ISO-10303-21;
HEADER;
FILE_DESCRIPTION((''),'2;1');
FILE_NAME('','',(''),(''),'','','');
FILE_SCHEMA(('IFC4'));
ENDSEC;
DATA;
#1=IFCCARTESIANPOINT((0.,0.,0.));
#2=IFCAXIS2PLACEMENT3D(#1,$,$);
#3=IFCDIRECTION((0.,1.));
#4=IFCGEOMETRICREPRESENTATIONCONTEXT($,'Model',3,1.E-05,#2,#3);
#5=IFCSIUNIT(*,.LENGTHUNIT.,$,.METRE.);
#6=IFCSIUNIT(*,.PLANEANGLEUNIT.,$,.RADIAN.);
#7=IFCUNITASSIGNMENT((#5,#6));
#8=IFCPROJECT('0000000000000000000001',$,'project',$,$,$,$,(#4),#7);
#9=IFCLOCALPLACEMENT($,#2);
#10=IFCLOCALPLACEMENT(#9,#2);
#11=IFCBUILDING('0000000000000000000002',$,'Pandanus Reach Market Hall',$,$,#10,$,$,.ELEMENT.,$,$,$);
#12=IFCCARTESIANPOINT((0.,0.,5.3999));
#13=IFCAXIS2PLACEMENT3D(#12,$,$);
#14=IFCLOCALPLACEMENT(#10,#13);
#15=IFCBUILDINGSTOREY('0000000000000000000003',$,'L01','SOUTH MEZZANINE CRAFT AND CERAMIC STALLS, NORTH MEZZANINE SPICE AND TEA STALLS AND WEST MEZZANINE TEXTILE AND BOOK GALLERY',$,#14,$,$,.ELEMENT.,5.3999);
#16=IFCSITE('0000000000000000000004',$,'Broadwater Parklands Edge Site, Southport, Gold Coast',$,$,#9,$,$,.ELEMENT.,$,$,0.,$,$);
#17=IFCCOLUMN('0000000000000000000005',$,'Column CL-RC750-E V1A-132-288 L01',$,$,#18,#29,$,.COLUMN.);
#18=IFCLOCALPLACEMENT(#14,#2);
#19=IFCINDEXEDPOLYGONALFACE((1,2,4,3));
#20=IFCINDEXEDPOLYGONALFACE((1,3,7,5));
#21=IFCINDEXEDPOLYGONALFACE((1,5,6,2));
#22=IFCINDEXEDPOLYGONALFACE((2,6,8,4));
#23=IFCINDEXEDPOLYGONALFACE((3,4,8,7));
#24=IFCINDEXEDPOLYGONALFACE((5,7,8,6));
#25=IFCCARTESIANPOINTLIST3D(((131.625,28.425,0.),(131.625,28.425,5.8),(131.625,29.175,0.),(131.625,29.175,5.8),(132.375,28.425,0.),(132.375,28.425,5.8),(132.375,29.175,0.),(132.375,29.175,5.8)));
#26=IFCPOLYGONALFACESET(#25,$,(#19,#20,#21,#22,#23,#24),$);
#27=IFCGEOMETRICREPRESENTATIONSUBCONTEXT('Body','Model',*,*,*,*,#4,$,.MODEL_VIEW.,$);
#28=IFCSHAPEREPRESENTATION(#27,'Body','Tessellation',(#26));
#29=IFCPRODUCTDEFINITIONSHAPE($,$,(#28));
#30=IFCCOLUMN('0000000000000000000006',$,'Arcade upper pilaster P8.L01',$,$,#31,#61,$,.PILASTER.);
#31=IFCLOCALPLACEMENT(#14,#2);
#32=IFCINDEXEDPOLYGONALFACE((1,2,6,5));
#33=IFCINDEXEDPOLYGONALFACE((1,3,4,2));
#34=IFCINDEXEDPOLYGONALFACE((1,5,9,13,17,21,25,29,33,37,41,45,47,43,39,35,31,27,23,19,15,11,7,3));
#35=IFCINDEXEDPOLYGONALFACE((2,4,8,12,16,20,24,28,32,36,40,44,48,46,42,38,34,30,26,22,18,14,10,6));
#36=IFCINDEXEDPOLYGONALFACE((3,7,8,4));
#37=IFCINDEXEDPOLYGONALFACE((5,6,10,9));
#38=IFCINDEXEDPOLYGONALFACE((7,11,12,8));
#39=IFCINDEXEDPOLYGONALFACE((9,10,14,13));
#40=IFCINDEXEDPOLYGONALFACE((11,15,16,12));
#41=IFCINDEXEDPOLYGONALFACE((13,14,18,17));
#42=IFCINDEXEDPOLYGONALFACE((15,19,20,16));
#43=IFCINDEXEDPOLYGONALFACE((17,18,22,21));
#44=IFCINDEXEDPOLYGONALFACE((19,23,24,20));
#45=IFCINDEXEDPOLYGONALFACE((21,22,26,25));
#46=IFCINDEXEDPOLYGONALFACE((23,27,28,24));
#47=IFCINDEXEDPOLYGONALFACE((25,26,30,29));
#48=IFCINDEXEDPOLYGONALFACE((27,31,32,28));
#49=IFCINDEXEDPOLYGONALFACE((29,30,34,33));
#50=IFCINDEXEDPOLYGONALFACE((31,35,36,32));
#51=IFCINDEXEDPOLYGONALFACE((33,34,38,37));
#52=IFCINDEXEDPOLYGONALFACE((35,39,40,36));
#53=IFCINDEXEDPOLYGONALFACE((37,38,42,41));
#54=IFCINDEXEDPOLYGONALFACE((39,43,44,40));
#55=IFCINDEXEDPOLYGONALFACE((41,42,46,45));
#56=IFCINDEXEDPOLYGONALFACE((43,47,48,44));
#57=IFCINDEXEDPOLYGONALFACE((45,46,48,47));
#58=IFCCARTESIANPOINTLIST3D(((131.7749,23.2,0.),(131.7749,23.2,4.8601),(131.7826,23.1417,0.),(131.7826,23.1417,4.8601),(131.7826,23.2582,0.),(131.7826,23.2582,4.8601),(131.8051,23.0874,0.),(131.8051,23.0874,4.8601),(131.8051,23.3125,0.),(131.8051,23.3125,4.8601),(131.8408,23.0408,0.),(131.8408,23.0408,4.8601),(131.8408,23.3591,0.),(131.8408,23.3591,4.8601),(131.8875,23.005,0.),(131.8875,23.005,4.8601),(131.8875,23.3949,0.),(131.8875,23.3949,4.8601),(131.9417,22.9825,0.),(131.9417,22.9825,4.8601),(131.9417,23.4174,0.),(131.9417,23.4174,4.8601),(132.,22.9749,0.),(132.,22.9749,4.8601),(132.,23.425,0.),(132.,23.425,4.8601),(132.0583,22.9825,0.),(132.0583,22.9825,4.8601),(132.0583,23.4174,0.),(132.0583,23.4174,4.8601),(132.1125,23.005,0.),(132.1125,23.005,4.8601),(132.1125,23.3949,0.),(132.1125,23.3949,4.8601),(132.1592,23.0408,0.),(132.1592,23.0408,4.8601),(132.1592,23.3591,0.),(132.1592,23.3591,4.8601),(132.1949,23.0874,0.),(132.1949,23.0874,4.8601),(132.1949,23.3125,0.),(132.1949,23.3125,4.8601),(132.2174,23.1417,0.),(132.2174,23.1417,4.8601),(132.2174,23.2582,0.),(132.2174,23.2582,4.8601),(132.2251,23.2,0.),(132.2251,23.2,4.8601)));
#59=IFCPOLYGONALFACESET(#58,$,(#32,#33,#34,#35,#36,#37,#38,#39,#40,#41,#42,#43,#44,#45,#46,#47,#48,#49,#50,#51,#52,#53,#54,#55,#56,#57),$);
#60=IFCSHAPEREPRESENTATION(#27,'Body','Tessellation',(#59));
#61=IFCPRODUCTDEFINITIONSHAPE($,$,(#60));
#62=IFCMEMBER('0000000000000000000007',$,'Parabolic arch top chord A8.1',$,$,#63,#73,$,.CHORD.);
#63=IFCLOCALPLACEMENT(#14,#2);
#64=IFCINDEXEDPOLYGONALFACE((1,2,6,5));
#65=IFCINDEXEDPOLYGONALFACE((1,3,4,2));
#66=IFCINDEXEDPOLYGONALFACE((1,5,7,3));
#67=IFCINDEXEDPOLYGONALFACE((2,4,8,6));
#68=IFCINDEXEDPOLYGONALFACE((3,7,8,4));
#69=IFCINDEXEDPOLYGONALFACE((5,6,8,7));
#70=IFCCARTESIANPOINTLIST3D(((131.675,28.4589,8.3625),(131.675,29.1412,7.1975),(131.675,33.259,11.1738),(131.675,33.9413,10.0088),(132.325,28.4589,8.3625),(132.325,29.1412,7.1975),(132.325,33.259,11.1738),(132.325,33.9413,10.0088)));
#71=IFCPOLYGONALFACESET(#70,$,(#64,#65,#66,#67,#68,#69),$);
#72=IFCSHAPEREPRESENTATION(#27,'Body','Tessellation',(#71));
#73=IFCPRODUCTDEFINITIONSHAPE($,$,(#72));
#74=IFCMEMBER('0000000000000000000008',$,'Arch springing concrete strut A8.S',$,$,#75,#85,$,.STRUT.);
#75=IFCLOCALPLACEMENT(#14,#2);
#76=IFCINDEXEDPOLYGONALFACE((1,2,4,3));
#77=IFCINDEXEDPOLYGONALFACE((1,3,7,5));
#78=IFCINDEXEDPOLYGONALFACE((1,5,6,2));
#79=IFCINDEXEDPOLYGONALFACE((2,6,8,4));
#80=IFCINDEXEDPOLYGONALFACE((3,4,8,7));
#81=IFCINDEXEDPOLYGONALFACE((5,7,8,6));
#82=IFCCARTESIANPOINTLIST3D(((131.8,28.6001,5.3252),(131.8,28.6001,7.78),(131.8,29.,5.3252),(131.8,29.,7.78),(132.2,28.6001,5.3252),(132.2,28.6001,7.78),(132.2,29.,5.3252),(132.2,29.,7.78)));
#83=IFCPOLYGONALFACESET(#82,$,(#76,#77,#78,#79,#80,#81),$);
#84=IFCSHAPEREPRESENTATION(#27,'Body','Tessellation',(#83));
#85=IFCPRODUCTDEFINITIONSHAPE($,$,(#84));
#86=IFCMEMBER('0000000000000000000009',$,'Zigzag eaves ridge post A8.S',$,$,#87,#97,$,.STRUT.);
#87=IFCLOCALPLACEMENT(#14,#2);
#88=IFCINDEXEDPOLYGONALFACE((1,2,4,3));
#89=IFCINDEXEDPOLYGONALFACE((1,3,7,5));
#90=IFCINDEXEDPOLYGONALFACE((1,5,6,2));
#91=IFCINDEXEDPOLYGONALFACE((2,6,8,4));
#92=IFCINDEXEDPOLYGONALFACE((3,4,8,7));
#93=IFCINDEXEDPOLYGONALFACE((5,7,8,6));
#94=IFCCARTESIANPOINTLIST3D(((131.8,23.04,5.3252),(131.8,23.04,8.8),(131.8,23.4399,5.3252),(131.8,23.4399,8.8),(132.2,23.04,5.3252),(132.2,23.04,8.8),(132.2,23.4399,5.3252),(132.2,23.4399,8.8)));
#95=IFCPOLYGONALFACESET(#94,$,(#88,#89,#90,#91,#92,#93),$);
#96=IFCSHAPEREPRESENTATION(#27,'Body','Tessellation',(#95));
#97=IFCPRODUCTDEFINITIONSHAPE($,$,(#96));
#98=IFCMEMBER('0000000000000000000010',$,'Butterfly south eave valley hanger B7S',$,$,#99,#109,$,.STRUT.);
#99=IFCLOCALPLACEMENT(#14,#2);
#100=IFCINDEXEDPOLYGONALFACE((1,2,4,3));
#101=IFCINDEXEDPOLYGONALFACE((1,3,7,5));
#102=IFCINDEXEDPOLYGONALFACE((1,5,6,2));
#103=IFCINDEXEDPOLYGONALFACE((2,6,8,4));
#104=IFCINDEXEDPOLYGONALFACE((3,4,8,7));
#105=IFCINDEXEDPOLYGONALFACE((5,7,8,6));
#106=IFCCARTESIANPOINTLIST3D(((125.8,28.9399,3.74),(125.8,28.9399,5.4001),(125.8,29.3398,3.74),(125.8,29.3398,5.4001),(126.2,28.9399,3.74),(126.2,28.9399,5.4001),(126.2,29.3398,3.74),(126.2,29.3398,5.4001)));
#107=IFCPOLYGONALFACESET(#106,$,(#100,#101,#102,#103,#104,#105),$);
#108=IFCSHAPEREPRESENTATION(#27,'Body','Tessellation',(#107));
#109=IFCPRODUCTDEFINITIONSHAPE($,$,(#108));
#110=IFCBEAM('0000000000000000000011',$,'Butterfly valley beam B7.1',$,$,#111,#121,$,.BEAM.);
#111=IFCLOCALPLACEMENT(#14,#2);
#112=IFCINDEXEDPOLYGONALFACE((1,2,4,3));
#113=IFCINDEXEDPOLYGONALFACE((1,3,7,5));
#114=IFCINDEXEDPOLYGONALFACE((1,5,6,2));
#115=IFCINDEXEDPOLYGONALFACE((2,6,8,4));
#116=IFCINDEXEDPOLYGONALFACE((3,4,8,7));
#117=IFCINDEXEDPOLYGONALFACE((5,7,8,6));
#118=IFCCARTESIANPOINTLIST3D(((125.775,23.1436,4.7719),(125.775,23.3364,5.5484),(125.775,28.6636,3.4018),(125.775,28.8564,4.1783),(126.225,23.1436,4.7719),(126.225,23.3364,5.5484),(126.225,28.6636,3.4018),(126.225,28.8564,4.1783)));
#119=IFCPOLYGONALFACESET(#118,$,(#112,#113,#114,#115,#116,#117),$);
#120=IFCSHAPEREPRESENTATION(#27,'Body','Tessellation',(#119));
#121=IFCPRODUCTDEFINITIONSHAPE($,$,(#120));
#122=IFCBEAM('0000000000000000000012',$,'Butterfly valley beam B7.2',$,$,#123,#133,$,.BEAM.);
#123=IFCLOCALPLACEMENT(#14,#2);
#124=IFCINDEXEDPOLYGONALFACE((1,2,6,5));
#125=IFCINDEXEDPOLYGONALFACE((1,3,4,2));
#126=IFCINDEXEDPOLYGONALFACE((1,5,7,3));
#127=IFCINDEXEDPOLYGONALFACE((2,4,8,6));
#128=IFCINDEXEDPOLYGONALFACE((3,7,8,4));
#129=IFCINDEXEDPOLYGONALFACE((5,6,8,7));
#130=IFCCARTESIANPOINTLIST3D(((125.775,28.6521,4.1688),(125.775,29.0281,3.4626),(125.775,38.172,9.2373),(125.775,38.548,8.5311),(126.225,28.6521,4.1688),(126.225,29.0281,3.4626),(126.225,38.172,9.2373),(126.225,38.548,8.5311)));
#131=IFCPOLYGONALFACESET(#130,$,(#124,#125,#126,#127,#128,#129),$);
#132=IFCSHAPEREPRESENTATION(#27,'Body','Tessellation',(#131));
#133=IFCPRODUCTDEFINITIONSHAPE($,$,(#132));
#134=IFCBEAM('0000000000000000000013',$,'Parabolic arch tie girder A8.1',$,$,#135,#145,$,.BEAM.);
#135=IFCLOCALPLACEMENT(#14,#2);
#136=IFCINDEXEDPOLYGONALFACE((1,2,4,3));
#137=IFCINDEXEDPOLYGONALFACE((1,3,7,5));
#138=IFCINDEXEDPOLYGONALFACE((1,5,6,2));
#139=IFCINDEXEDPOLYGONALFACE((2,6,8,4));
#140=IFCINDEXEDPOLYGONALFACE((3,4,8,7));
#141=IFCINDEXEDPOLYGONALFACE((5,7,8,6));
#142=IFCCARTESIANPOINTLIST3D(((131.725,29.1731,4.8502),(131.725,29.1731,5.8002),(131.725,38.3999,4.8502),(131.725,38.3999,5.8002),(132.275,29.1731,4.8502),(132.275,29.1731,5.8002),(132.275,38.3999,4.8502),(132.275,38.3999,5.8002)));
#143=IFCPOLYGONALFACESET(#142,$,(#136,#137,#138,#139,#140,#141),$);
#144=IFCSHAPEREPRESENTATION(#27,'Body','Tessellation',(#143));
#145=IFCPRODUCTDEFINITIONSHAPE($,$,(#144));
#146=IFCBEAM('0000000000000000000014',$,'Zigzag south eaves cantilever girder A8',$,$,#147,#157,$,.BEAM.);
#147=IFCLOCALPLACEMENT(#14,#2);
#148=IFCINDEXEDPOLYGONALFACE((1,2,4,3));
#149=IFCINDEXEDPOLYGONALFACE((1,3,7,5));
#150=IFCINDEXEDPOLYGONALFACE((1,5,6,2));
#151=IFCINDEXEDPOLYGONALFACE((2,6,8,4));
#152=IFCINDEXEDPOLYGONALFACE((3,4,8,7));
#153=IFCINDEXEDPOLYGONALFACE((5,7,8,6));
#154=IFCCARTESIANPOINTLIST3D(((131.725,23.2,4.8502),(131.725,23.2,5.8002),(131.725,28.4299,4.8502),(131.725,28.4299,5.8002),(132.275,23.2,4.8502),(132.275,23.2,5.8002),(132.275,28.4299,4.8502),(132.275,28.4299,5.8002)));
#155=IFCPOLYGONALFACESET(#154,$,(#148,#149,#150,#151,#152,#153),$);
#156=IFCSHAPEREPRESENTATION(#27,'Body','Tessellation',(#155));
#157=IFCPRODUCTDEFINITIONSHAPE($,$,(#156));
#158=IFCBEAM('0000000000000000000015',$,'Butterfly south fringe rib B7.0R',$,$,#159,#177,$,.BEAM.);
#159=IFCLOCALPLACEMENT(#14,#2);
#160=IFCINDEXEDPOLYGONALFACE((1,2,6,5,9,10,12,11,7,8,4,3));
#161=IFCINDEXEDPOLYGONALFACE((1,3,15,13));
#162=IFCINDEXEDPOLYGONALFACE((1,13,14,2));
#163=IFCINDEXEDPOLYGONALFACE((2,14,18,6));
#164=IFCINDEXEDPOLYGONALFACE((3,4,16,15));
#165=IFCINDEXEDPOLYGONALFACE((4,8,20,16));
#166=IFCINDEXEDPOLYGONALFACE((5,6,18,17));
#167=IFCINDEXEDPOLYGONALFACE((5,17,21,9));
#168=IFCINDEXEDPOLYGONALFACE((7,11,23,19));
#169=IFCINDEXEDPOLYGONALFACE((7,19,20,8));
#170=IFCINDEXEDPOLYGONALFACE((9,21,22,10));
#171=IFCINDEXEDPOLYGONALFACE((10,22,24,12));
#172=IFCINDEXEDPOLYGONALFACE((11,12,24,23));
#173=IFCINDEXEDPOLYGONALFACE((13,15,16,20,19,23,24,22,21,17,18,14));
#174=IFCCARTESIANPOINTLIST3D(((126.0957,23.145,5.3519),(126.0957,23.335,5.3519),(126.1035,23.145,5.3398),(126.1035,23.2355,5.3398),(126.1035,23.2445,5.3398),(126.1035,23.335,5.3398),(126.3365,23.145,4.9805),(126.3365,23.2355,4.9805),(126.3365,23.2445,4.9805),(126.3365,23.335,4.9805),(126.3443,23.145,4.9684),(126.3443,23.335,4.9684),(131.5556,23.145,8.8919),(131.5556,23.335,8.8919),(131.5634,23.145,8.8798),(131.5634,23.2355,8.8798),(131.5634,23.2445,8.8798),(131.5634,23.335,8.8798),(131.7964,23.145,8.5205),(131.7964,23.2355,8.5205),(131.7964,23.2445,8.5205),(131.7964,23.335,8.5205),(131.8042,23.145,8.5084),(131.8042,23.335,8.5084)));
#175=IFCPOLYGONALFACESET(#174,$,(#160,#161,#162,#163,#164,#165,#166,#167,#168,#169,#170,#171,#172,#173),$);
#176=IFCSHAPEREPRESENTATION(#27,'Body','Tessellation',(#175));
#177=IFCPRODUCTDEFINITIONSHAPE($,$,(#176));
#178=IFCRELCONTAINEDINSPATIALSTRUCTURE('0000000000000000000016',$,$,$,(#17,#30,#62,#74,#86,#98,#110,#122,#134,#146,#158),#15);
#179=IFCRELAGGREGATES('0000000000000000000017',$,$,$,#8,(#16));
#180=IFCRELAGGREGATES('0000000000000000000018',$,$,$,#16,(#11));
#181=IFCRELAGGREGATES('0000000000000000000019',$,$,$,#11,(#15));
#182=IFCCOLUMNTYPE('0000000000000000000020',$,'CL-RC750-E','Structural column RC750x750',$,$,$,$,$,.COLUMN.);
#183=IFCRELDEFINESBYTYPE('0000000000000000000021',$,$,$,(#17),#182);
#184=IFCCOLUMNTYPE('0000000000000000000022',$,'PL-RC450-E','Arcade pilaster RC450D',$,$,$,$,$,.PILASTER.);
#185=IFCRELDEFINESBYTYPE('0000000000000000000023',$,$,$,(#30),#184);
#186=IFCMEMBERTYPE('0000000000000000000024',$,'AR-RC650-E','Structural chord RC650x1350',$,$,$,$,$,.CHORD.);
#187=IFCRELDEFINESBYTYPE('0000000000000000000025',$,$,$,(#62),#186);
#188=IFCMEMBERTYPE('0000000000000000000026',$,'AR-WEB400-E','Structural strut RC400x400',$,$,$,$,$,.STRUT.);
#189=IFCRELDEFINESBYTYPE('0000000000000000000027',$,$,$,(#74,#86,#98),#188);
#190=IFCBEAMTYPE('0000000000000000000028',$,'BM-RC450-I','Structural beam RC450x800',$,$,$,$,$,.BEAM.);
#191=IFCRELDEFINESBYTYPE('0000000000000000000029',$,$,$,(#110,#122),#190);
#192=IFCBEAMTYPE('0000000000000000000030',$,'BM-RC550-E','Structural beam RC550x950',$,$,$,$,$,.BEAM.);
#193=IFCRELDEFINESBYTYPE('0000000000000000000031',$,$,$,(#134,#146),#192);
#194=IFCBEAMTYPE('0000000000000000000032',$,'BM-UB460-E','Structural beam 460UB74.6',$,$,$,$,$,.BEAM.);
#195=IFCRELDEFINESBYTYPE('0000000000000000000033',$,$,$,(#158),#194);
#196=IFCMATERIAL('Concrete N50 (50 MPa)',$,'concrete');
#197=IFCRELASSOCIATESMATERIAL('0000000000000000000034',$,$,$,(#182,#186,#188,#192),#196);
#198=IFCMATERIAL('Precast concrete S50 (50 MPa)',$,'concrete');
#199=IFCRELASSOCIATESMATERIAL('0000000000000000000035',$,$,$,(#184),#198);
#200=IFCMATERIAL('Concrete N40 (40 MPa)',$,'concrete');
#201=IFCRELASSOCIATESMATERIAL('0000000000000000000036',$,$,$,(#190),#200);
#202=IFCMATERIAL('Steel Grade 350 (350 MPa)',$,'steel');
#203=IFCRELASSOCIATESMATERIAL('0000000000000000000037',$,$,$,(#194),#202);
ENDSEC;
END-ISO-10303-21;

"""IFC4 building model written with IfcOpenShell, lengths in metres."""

from ifc_helpers import new_model, si_unit, direction, frame, origin, origin_2d, place, context, subcontext, project, spatial, rectangle, circle, i_section, extrude, material, material_profile, profile_set, type_object, element, save


model = new_model("IFC4")

# Units and contexts
model_context = context("Model", 3, precision=1e-05, world=origin(), true_north=direction((0.0, 1.0)))
body_context = subcontext(model_context, "Body", "Model", "MODEL_VIEW")
ifc_project = project(units=[si_unit("LENGTHUNIT", "METRE"), si_unit("PLANEANGLEUNIT", "RADIAN")], contexts=[model_context])

# Site, building, storey
site_placement = place(None, origin())
site = spatial("IfcSite", under=ifc_project, at=site_placement, Name="Broadwater Parklands Edge Site, Southport, Gold Coast", CompositionType="ELEMENT", RefElevation=0.0)
building_placement = place(site_placement, origin())
building = spatial("IfcBuilding", under=site, at=building_placement, Name="Pandanus Reach Market Hall", CompositionType="ELEMENT")
storey_placement = place(building_placement, frame((0.0, 0.0, 5.3999)))
storey = spatial("IfcBuildingStorey", under=building, at=storey_placement, Name="L01", Description="SOUTH MEZZANINE CRAFT AND CERAMIC STALLS, NORTH MEZZANINE SPICE AND TEA STALLS AND WEST MEZZANINE TEXTILE AND BOOK GALLERY", CompositionType="ELEMENT", Elevation=5.3999)

# Columns
ifc_material_1 = material(Name="Concrete N50 (50 MPa)", Category="concrete")
ifc_material_profile_1 = material_profile(ifc_material_1, rectangle(XDim=0.75, YDim=0.75, at=origin_2d()), Name="RC750x750", Category="LoadBearing")
ifc_profile_set_1 = profile_set([ifc_material_profile_1], Name="Concrete N50 (50 MPa)")
column_type_1 = type_object("IfcColumnType", Name="CL-RC750-E", Description="Structural column RC750x750", PredefinedType="COLUMN", material=ifc_profile_set_1)
column_1_placement = place(storey_placement, frame((132.0, 28.8, 0.0), z_axis=(0.0, 0.0, 1.0), x_axis=(1.0, 0.0, 0.0)))
element("IfcColumn", 1, at=column_1_placement, inside=storey, type_object=column_type_1, Name="Column CL-RC750-E V1A-132-288 L01", PredefinedType="COLUMN", context=body_context, shape_type="SweptSolid", body=[
    extrude(rectangle(XDim=0.75, YDim=0.75, at=origin_2d()), origin(), (0.0, 0.0, 1.0), 5.8),
])
ifc_material_2 = material(Name="Precast concrete S50 (50 MPa)", Category="concrete")
ifc_material_profile_2 = material_profile(ifc_material_2, circle(Radius=0.2251, at=origin_2d()), Name="RC450D", Category="LoadBearing")
ifc_profile_set_2 = profile_set([ifc_material_profile_2], Name="Precast concrete S50 (50 MPa)")
column_type_2 = type_object("IfcColumnType", Name="PL-RC450-E", Description="Arcade pilaster RC450D", PredefinedType="PILASTER", material=ifc_profile_set_2)
column_2_placement = place(storey_placement, frame((132.0, 23.2, 0.0), z_axis=(0.0, 0.0, 1.0), x_axis=(1.0, 0.0, 0.0)))
element("IfcColumn", 2, at=column_2_placement, inside=storey, type_object=column_type_2, Name="Arcade upper pilaster P8.L01", PredefinedType="PILASTER", context=body_context, shape_type="SweptSolid", body=[
    extrude(circle(Radius=0.2251, at=origin_2d()), origin(), (0.0, 0.0, 1.0), 4.8601),
])

# Members
ifc_material_profile_3 = material_profile(ifc_material_1, rectangle(XDim=0.6499, YDim=1.3501, at=origin_2d()), Name="RC650x1350", Category="LoadBearing")
ifc_profile_set_3 = profile_set([ifc_material_profile_3], Name="Concrete N50 (50 MPa)")
member_type_1 = type_object("IfcMemberType", Name="AR-RC650-E", Description="Structural chord RC650x1350", PredefinedType="CHORD", material=ifc_profile_set_3)
member_1_placement = place(storey_placement, frame((132.0, 28.8, 7.78), z_axis=(0.0, 0.862897, 0.505379), x_axis=(-1.0, 0.0, 0.0)))
element("IfcMember", 3, at=member_1_placement, inside=storey, type_object=member_type_1, Name="Parabolic arch top chord A8.1", PredefinedType="CHORD", context=body_context, shape_type="SweptSolid", body=[
    extrude(rectangle(XDim=0.6499, YDim=1.3501, at=origin_2d()), origin(), (0.0, 0.0, 1.0), 5.5627),
])
ifc_material_profile_4 = material_profile(ifc_material_1, rectangle(XDim=0.3999, YDim=0.3999, at=origin_2d()), Name="RC400x400", Category="LoadBearing")
ifc_profile_set_4 = profile_set([ifc_material_profile_4], Name="Concrete N50 (50 MPa)")
member_type_2 = type_object("IfcMemberType", Name="AR-WEB400-E", Description="Structural strut RC400x400", PredefinedType="STRUT", material=ifc_profile_set_4)
member_2_placement = place(storey_placement, frame((132.0, 28.8, 5.3252), z_axis=(0.0, 0.0, 1.0), x_axis=(1.0, 0.0, 0.0)))
element("IfcMember", 4, at=member_2_placement, inside=storey, type_object=member_type_2, Name="Arch springing concrete strut A8.S", PredefinedType="STRUT", context=body_context, shape_type="SweptSolid", body=[
    extrude(rectangle(XDim=0.3999, YDim=0.3999, at=origin_2d()), origin(), (0.0, 0.0, 1.0), 2.4548),
])
member_3_placement = place(storey_placement, frame((132.0, 23.24, 5.3252), z_axis=(0.0, 0.0, 1.0), x_axis=(1.0, 0.0, 0.0)))
element("IfcMember", 5, at=member_3_placement, inside=storey, type_object=member_type_2, Name="Zigzag eaves ridge post A8.S", PredefinedType="STRUT", context=body_context, shape_type="SweptSolid", body=[
    extrude(rectangle(XDim=0.3999, YDim=0.3999, at=origin_2d()), origin(), (0.0, 0.0, 1.0), 3.4749),
])
member_4_placement = place(storey_placement, frame((126.0, 29.1399, 3.74), z_axis=(0.0, 0.0, 1.0), x_axis=(1.0, 0.0, 0.0)))
element("IfcMember", 6, at=member_4_placement, inside=storey, type_object=member_type_2, Name="Butterfly south eave valley hanger B7S", PredefinedType="STRUT", context=body_context, shape_type="SweptSolid", body=[
    extrude(rectangle(XDim=0.3999, YDim=0.3999, at=origin_2d()), origin(), (0.0, 0.0, 1.0), 1.6602),
])

# Beams
ifc_material_3 = material(Name="Concrete N40 (40 MPa)", Category="concrete")
ifc_material_profile_5 = material_profile(ifc_material_3, rectangle(XDim=0.45, YDim=0.8, at=origin_2d()), Name="RC450x800", Category="LoadBearing")
ifc_profile_set_5 = profile_set([ifc_material_profile_5], Name="Concrete N40 (40 MPa)")
beam_type_1 = type_object("IfcBeamType", Name="BM-RC450-I", Description="Structural beam RC450x800", PredefinedType="BEAM", material=ifc_profile_set_5)
beam_1_placement = place(storey_placement, frame((126.0, 23.24, 5.1602), z_axis=(0.0, 0.97055, -0.240899), x_axis=(-1.0, 0.0, 0.0)))
element("IfcBeam", 7, at=beam_1_placement, inside=storey, type_object=beam_type_1, Name="Butterfly valley beam B7.1", PredefinedType="BEAM", context=body_context, shape_type="SweptSolid", body=[
    extrude(rectangle(XDim=0.45, YDim=0.8, at=origin_2d()), origin(), (0.0, 0.0, 1.0), 5.6875),
])
beam_2_placement = place(storey_placement, frame((126.0, 28.8401, 3.8157), z_axis=(0.0, 0.882689, 0.469957), x_axis=(-1.0, 0.0, 0.0)))
element("IfcBeam", 8, at=beam_2_placement, inside=storey, type_object=beam_type_1, Name="Butterfly valley beam B7.2", PredefinedType="BEAM", context=body_context, shape_type="SweptSolid", body=[
    extrude(rectangle(XDim=0.45, YDim=0.8, at=origin_2d()), origin(), (0.0, 0.0, 1.0), 10.7852),
])
ifc_material_profile_6 = material_profile(ifc_material_1, rectangle(XDim=0.55, YDim=0.95, at=origin_2d()), Name="RC550x950", Category="LoadBearing")
ifc_profile_set_6 = profile_set([ifc_material_profile_6], Name="Concrete N50 (50 MPa)")
beam_type_2 = type_object("IfcBeamType", Name="BM-RC550-E", Description="Structural beam RC550x950", PredefinedType="BEAM", material=ifc_profile_set_6)
beam_3_placement = place(storey_placement, frame((132.0, 29.1731, 5.3252), z_axis=(0.0, 1.0, 0.0), x_axis=(-1.0, 0.0, 0.0)))
element("IfcBeam", 9, at=beam_3_placement, inside=storey, type_object=beam_type_2, Name="Parabolic arch tie girder A8.1", PredefinedType="BEAM", context=body_context, shape_type="SweptSolid", body=[
    extrude(rectangle(XDim=0.55, YDim=0.95, at=origin_2d()), origin(), (0.0, 0.0, 1.0), 9.2268),
])
beam_4_placement = place(storey_placement, frame((132.0, 23.2, 5.3252), z_axis=(0.0, 1.0, 0.0), x_axis=(-1.0, 0.0, 0.0)))
element("IfcBeam", 10, at=beam_4_placement, inside=storey, type_object=beam_type_2, Name="Zigzag south eaves cantilever girder A8", PredefinedType="BEAM", context=body_context, shape_type="SweptSolid", body=[
    extrude(rectangle(XDim=0.55, YDim=0.95, at=origin_2d()), origin(), (0.0, 0.0, 1.0), 5.23),
])
ifc_material_4 = material(Name="Steel Grade 350 (350 MPa)", Category="steel")
ifc_material_profile_7 = material_profile(ifc_material_4, i_section(OverallWidth=0.1899, OverallDepth=0.457, WebThickness=0.009, FlangeThickness=0.0144, at=origin_2d()), Name="460UB74.6", Category="LoadBearing")
ifc_profile_set_7 = profile_set([ifc_material_profile_7], Name="Steel Grade 350 (350 MPa)")
beam_type_3 = type_object("IfcBeamType", Name="BM-UB460-E", Description="Structural beam 460UB74.6", PredefinedType="BEAM", material=ifc_profile_set_7)
beam_5_placement = place(storey_placement, frame((126.22, 23.24, 5.1602), z_axis=(0.839071, 0.0, 0.544023), x_axis=(0.0, 1.0, 0.0)))
element("IfcBeam", 11, at=beam_5_placement, inside=storey, type_object=beam_type_3, Name="Butterfly south fringe rib B7.0R", PredefinedType="BEAM", context=body_context, shape_type="SweptSolid", body=[
    extrude(i_section(OverallWidth=0.1899, OverallDepth=0.457, WebThickness=0.009, FlangeThickness=0.0144, at=origin_2d()), origin(), (0.0, 0.0, 1.0), 6.5071),
])

save(model, "model.ifc")
